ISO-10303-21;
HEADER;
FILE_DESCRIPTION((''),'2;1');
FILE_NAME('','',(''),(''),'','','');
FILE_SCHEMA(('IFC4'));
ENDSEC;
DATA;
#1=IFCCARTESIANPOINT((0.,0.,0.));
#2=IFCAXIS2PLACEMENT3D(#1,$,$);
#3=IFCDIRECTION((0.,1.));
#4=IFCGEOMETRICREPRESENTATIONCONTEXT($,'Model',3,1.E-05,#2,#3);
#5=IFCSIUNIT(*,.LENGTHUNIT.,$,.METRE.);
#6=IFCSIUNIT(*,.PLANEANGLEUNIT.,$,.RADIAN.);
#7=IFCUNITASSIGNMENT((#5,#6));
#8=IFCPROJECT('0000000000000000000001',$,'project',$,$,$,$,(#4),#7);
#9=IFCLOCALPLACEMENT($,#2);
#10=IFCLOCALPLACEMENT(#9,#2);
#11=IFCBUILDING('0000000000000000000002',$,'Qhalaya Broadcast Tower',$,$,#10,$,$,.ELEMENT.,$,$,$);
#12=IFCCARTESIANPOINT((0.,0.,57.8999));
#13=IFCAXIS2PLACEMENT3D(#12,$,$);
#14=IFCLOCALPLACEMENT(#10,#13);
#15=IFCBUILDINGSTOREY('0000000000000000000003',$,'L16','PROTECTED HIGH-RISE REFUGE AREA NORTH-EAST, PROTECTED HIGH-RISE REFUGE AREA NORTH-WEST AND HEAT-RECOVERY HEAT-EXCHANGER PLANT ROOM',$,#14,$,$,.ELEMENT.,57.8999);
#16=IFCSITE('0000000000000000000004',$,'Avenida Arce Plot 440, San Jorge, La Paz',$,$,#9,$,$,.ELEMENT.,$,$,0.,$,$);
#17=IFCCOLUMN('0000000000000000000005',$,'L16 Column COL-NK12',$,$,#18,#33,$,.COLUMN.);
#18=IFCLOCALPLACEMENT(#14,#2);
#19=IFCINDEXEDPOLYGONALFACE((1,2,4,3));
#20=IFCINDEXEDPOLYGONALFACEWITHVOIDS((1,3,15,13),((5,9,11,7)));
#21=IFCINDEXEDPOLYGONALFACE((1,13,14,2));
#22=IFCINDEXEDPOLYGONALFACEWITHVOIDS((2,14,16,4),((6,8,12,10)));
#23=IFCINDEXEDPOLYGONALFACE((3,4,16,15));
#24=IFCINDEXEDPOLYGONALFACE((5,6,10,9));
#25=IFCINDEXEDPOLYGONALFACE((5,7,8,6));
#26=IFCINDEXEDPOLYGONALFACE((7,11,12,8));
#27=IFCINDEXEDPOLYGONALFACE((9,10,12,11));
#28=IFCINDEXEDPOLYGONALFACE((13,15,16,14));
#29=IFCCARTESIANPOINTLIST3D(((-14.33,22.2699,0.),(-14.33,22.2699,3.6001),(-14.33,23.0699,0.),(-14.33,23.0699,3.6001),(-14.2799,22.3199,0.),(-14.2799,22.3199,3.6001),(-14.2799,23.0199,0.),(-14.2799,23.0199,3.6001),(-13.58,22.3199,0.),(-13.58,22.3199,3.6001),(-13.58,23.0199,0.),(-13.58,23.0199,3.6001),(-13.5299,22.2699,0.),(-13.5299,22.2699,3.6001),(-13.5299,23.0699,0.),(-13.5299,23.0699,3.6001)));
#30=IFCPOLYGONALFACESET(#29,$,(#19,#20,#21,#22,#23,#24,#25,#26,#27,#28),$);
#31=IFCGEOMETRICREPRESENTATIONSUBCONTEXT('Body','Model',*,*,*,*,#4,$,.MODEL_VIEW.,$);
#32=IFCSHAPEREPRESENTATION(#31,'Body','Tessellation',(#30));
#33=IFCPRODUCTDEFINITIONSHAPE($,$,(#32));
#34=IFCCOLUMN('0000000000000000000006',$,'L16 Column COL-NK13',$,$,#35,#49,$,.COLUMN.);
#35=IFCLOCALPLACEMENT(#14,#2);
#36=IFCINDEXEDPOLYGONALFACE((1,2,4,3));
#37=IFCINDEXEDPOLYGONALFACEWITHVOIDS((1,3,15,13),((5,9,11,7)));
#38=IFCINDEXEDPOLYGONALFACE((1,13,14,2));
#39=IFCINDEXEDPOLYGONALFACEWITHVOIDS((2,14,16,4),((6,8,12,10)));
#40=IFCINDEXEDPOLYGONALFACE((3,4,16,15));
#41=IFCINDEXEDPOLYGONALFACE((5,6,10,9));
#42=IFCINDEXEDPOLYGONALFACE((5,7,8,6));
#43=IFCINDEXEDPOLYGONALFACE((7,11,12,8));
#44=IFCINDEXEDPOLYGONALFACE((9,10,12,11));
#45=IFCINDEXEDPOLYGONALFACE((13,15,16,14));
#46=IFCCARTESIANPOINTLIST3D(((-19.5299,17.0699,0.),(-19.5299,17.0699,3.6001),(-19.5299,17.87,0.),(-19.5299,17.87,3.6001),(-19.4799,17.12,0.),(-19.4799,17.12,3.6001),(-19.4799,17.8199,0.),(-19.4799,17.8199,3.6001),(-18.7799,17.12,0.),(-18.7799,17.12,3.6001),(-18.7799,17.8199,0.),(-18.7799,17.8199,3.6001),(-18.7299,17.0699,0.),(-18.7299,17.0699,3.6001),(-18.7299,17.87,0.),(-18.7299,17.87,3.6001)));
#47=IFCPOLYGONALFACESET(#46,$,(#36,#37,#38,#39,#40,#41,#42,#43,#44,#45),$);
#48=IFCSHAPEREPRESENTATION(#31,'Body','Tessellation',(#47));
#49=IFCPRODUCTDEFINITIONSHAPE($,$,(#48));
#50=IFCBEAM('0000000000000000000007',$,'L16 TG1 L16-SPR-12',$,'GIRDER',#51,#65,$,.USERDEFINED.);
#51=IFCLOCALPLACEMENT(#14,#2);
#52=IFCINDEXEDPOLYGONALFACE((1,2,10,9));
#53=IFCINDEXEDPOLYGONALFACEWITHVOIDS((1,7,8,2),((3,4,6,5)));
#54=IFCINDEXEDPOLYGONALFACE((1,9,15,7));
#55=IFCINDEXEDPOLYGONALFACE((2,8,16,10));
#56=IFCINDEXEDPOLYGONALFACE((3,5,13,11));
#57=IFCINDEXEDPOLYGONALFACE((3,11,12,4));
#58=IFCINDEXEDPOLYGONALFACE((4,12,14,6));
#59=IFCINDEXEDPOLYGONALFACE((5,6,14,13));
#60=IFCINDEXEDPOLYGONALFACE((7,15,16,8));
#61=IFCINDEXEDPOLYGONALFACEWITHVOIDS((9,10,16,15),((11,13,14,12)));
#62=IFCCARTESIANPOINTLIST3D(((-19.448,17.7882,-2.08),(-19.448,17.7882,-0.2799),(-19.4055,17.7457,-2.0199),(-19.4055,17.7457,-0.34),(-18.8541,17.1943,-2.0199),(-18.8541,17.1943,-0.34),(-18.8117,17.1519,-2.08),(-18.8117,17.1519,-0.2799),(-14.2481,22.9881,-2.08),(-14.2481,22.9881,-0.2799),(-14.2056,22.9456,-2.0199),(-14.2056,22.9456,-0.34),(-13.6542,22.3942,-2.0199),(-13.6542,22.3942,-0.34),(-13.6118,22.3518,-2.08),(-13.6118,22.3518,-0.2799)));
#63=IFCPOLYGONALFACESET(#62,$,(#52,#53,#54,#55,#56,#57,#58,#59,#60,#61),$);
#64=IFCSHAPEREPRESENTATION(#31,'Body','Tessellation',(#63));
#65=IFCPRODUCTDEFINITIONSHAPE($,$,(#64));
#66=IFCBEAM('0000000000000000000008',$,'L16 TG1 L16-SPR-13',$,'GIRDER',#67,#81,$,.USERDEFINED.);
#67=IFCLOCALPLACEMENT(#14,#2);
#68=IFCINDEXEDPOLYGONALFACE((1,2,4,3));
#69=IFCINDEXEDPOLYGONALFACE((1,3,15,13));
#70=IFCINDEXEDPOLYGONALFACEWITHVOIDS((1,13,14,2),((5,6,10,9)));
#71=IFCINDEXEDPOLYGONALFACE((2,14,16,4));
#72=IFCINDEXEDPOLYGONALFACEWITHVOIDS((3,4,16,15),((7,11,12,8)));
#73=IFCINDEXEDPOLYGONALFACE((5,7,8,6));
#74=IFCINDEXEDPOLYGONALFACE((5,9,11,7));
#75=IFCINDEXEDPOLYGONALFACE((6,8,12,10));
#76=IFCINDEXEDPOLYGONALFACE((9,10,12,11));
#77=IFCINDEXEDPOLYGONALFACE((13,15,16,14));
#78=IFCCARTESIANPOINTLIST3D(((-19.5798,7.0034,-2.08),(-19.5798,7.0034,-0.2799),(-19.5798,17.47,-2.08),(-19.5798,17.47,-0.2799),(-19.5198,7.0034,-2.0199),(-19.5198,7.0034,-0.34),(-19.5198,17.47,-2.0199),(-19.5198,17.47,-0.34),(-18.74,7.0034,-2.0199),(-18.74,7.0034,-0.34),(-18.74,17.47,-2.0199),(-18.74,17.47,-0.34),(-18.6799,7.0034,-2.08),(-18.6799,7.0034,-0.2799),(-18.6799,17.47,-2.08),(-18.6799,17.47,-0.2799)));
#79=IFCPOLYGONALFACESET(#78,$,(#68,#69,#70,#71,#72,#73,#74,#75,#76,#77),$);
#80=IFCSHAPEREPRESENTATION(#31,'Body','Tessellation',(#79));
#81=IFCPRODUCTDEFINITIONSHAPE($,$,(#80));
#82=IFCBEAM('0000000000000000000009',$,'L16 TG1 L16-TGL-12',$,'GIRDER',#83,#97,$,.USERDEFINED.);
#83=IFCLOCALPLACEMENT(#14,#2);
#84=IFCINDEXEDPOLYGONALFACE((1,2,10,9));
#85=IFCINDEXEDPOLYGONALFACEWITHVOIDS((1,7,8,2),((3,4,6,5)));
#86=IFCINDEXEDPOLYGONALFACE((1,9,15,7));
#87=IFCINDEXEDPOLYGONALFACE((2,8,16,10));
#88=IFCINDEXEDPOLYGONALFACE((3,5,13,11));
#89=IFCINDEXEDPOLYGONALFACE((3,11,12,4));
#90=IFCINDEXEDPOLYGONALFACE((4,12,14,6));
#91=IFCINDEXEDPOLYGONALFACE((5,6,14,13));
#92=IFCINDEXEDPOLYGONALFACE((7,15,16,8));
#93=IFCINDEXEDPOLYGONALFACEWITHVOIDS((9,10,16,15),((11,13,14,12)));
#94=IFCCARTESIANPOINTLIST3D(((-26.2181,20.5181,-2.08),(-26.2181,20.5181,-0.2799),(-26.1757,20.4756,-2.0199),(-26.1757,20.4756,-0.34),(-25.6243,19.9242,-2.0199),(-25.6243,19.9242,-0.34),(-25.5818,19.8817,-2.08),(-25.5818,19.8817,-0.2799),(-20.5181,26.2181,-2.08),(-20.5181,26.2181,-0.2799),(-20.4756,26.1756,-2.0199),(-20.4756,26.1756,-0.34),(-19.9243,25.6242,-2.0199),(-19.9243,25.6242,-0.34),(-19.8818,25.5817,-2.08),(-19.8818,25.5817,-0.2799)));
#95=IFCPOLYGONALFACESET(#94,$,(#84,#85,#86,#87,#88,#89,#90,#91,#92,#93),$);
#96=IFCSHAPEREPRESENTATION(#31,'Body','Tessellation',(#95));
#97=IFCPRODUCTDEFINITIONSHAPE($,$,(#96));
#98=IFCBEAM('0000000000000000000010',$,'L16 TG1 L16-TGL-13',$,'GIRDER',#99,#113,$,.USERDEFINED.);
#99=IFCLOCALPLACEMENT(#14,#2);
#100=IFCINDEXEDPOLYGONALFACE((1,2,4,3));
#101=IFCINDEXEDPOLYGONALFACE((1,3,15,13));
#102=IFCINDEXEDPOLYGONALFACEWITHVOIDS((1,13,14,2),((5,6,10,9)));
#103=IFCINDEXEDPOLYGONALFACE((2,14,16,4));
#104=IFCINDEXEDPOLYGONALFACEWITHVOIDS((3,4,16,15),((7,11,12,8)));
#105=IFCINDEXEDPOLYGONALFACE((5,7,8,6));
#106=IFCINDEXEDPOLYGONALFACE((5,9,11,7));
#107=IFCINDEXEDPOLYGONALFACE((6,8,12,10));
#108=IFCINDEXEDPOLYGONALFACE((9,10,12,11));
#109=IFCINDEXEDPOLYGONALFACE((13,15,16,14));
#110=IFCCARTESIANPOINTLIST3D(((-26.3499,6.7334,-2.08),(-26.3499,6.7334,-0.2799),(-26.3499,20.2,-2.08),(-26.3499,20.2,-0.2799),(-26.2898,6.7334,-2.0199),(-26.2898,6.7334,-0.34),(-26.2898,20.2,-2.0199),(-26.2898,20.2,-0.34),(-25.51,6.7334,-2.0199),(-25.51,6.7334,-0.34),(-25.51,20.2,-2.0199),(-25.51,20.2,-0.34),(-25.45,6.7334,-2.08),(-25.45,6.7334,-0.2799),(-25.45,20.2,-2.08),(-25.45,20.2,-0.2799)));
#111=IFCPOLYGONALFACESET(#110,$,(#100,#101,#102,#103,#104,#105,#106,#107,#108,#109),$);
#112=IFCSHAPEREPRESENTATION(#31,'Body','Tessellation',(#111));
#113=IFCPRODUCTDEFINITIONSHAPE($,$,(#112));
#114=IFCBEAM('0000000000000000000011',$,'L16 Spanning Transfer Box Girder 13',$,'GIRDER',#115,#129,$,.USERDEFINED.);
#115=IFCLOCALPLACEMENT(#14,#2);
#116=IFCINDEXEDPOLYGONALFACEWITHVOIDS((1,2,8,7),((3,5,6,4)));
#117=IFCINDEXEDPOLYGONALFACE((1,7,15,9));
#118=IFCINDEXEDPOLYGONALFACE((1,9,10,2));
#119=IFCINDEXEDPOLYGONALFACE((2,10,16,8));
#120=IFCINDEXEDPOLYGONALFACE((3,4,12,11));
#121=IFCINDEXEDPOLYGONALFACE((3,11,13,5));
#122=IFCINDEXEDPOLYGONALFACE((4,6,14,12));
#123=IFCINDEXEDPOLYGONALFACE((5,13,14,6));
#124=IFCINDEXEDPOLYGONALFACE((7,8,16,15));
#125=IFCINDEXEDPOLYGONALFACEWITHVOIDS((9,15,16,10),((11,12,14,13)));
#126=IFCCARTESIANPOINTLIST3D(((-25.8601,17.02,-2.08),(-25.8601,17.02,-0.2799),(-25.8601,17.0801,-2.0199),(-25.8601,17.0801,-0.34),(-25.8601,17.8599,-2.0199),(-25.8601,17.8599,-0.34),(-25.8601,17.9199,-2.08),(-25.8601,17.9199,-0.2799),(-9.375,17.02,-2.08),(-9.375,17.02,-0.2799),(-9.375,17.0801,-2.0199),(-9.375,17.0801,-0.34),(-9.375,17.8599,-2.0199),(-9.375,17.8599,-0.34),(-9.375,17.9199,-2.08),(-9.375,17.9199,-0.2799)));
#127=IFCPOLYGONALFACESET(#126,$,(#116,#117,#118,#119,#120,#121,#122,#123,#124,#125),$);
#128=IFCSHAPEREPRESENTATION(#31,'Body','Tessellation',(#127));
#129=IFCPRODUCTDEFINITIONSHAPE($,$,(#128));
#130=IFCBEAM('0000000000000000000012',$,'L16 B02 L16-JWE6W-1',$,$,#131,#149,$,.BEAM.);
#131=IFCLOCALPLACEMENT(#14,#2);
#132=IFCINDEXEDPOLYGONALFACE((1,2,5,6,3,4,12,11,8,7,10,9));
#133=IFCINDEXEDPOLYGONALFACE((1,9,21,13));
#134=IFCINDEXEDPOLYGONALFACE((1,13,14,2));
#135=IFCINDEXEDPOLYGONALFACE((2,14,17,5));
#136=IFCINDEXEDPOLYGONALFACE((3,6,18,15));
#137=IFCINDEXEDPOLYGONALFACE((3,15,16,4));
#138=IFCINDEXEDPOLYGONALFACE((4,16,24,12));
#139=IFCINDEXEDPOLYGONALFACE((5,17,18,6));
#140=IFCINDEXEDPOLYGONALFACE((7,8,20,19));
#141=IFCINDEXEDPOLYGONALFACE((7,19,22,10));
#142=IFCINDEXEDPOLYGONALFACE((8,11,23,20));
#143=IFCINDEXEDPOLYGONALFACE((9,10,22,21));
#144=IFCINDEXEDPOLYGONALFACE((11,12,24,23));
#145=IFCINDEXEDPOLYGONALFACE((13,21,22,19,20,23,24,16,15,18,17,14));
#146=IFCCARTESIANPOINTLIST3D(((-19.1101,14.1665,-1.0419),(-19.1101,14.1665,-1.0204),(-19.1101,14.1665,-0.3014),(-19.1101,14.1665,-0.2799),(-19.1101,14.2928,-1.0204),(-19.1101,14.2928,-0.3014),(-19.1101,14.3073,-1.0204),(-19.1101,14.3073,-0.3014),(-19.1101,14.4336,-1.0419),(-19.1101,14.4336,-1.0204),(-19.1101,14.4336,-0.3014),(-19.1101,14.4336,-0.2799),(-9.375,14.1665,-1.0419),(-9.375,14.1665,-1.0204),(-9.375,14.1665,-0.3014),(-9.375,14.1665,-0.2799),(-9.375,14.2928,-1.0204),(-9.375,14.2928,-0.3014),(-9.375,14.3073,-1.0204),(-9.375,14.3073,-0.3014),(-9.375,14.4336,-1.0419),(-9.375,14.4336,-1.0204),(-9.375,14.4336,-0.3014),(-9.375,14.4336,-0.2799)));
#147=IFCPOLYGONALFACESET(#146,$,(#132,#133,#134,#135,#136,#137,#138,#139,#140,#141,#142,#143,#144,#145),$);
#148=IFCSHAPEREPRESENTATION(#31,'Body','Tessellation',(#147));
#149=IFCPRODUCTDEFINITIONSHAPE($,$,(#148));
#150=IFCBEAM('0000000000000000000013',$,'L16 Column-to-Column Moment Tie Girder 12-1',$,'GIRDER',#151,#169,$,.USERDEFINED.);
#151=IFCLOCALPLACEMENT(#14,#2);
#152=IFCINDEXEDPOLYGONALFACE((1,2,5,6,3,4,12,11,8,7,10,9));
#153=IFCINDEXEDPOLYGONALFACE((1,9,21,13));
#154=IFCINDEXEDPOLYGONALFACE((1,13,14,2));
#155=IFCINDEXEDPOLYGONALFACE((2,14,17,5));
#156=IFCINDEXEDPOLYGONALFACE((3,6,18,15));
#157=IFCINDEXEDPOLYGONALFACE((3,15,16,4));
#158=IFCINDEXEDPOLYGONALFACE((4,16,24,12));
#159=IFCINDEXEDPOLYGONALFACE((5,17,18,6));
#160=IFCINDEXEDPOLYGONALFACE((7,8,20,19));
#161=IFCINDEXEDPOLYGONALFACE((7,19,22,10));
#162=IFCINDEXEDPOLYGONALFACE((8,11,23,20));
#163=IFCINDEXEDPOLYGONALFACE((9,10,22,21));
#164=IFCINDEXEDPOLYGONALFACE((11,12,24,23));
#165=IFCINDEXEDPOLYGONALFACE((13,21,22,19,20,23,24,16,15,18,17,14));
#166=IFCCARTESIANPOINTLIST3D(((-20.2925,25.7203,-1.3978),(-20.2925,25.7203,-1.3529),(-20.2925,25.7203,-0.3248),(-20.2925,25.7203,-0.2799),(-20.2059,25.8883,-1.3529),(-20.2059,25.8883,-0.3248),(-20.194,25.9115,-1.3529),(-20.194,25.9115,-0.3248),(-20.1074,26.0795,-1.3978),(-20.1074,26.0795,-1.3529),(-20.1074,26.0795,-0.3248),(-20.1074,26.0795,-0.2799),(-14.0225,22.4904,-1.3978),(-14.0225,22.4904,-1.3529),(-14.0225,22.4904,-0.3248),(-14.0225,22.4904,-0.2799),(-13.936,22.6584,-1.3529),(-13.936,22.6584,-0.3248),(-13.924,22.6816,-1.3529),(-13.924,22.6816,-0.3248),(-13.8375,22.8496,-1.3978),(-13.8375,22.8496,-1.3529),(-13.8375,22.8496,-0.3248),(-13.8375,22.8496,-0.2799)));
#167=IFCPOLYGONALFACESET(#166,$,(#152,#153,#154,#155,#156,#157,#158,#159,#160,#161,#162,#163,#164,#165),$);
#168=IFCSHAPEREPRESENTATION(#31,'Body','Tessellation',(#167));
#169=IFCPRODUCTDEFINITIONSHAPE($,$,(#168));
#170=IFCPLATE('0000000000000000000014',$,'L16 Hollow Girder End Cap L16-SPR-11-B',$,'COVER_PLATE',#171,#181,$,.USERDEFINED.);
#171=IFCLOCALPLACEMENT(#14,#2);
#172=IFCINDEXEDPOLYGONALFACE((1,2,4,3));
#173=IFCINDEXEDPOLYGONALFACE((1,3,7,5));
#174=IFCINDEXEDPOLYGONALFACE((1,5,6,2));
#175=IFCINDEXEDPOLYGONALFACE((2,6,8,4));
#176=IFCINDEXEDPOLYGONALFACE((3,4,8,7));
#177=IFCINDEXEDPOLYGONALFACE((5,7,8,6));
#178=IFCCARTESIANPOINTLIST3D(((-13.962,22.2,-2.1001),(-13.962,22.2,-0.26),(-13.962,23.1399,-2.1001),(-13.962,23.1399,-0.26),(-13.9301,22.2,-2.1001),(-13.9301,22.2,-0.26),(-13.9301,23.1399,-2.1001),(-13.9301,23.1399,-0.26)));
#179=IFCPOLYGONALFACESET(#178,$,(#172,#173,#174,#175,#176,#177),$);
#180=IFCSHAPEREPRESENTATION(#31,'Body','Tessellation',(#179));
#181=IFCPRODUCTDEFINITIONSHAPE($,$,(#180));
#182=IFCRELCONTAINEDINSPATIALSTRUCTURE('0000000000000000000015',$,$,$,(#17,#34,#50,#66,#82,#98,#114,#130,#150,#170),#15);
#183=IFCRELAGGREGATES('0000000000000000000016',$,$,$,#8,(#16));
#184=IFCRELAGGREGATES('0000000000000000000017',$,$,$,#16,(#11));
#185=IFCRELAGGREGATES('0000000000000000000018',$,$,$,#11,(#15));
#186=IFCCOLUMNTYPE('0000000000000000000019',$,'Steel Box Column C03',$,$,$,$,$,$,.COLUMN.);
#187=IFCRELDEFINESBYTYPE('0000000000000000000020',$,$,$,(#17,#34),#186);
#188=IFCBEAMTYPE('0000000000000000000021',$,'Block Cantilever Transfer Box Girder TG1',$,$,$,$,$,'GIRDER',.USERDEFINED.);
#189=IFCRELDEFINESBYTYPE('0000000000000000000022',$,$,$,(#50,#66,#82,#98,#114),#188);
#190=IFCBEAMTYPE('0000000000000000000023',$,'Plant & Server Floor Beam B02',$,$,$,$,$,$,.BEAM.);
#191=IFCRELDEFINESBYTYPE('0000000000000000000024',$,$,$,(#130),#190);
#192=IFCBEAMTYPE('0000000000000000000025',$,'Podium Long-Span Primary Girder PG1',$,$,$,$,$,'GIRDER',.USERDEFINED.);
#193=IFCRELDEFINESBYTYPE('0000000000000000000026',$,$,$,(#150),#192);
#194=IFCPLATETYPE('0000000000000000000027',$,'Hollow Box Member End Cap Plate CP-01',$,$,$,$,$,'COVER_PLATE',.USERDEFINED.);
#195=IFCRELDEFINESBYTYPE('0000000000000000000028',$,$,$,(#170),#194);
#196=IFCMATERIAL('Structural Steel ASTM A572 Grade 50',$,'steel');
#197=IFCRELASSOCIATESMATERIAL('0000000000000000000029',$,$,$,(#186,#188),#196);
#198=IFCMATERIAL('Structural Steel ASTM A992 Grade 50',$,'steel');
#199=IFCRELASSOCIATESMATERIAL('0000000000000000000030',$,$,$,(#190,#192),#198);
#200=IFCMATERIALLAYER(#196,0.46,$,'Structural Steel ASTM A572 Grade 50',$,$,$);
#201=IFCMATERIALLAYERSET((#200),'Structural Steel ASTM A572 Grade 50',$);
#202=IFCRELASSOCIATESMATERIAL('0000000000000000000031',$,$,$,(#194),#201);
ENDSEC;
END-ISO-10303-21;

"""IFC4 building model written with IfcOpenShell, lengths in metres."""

from ifc_helpers import new_model, si_unit, direction, frame, origin, origin_2d, place, context, subcontext, project, spatial, rectangle, hollow_rectangle, i_section, extrude, material, layer, layer_set, material_profile, profile_set, type_object, element, save


model = new_model("IFC4")

# Units and contexts
model_context = context("Model", 3, precision=1e-05, world=origin(), true_north=direction((0.0, 1.0)))
body_context = subcontext(model_context, "Body", "Model", "MODEL_VIEW")
ifc_project = project(units=[si_unit("LENGTHUNIT", "METRE"), si_unit("PLANEANGLEUNIT", "RADIAN")], contexts=[model_context])

# Site, building, storey
site_placement = place(None, origin())
site = spatial("IfcSite", under=ifc_project, at=site_placement, Name="Avenida Arce Plot 440, San Jorge, La Paz", CompositionType="ELEMENT", RefElevation=0.0)
building_placement = place(site_placement, origin())
building = spatial("IfcBuilding", under=site, at=building_placement, Name="Qhalaya Broadcast Tower", CompositionType="ELEMENT")
storey_placement = place(building_placement, frame((0.0, 0.0, 57.8999)))
storey = spatial("IfcBuildingStorey", under=building, at=storey_placement, Name="L16", Description="PROTECTED HIGH-RISE REFUGE AREA NORTH-EAST, PROTECTED HIGH-RISE REFUGE AREA NORTH-WEST AND HEAT-RECOVERY HEAT-EXCHANGER PLANT ROOM", CompositionType="ELEMENT", Elevation=57.8999)

# Columns
ifc_material_1 = material(Name="Structural Steel ASTM A572 Grade 50", Category="steel")
ifc_material_profile_1 = material_profile(ifc_material_1, hollow_rectangle(XDim=0.8, YDim=0.8, WallThickness=0.05, at=origin_2d()), Name="BOX 800x800x50")
ifc_profile_set_1 = profile_set([ifc_material_profile_1], Name="Structural Steel ASTM A572 Grade 50")
column_type = type_object("IfcColumnType", Name="Steel Box Column C03", PredefinedType="COLUMN", material=ifc_profile_set_1)
for number, where, z_axis, x_axis, name in (
    (1, (-13.9299, 22.6699, 0.0), (0.0, 0.0, 1.0), (1.0, 0.0, 0.0), "L16 Column COL-NK12"),
    (2, (-19.1299, 17.47, 0.0), (0.0, 0.0, 1.0), (0.0, 1.0, 0.0), "L16 Column COL-NK13"),
):
    element("IfcColumn", number, at=place(storey_placement, frame(where, z_axis=z_axis, x_axis=x_axis)), inside=storey, type_object=column_type, Name=name, PredefinedType="COLUMN", context=body_context, shape_type="SweptSolid", body=[
        extrude(hollow_rectangle(XDim=0.8, YDim=0.8, WallThickness=0.05, at=origin_2d()), origin(), (0.0, 0.0, 1.0), 3.6001),
    ])

# Beams
ifc_material_profile_2 = material_profile(ifc_material_1, hollow_rectangle(XDim=0.8999, YDim=1.8, WallThickness=0.0601, at=origin_2d()), Name="BOX 900x1800x60")
ifc_profile_set_2 = profile_set([ifc_material_profile_2], Name="Structural Steel ASTM A572 Grade 50")
beam_type_1 = type_object("IfcBeamType", Name="Block Cantilever Transfer Box Girder TG1", ElementType="GIRDER", PredefinedType="USERDEFINED", material=ifc_profile_set_2)
beam_1_placement = place(storey_placement, frame((-13.9299, 22.6699, -1.1799), z_axis=(-0.707107, -0.707107, 0.0), x_axis=(0.707107, -0.707107, 0.0)))
element("IfcBeam", 3, at=beam_1_placement, inside=storey, type_object=beam_type_1, Name="L16 TG1 L16-SPR-12", ObjectType="GIRDER", PredefinedType="USERDEFINED", context=body_context, shape_type="SweptSolid", body=[
    extrude(hollow_rectangle(XDim=0.8999, YDim=1.8, WallThickness=0.0601, at=origin_2d()), origin(), (0.0, 0.0, 1.0), 7.3538),
])
beam_2_placement = place(storey_placement, frame((-19.1299, 17.47, -1.1799), z_axis=(0.0, -1.0, 0.0), x_axis=(1.0, 0.0, 0.0)))
element("IfcBeam", 4, at=beam_2_placement, inside=storey, type_object=beam_type_1, Name="L16 TG1 L16-SPR-13", ObjectType="GIRDER", PredefinedType="USERDEFINED", context=body_context, shape_type="SweptSolid", body=[
    extrude(hollow_rectangle(XDim=0.8999, YDim=1.8, WallThickness=0.0601, at=origin_2d()), origin(), (0.0, 0.0, 1.0), 10.4666),
])
beam_3_placement = place(storey_placement, frame((-20.2, 25.8999, -1.1799), z_axis=(-0.707107, -0.707107, 0.0), x_axis=(0.707107, -0.707107, 0.0)))
element("IfcBeam", 5, at=beam_3_placement, inside=storey, type_object=beam_type_1, Name="L16 TG1 L16-TGL-12", ObjectType="GIRDER", PredefinedType="USERDEFINED", context=body_context, shape_type="SweptSolid", body=[
    extrude(hollow_rectangle(XDim=0.8999, YDim=1.8, WallThickness=0.0601, at=origin_2d()), origin(), (0.0, 0.0, 1.0), 8.061),
])
beam_4_placement = place(storey_placement, frame((-25.8999, 20.2, -1.1799), z_axis=(0.0, -1.0, 0.0), x_axis=(1.0, 0.0, 0.0)))
element("IfcBeam", 6, at=beam_4_placement, inside=storey, type_object=beam_type_1, Name="L16 TG1 L16-TGL-13", ObjectType="GIRDER", PredefinedType="USERDEFINED", context=body_context, shape_type="SweptSolid", body=[
    extrude(hollow_rectangle(XDim=0.8999, YDim=1.8, WallThickness=0.0601, at=origin_2d()), origin(), (0.0, 0.0, 1.0), 13.4666),
])
beam_5_placement = place(storey_placement, frame((-25.8601, 17.47, -1.1799), z_axis=(1.0, 0.0, 0.0), x_axis=(0.0, 1.0, 0.0)))
element("IfcBeam", 7, at=beam_5_placement, inside=storey, type_object=beam_type_1, Name="L16 Spanning Transfer Box Girder 13", ObjectType="GIRDER", PredefinedType="USERDEFINED", context=body_context, shape_type="SweptSolid", body=[
    extrude(hollow_rectangle(XDim=0.8999, YDim=1.8, WallThickness=0.0601, at=origin_2d()), origin(), (0.0, 0.0, 1.0), 16.4851),
])
ifc_material_2 = material(Name="Structural Steel ASTM A992 Grade 50", Category="steel")
ifc_material_profile_3 = material_profile(ifc_material_2, i_section(OverallWidth=0.2671, OverallDepth=0.762, WebThickness=0.0144, FlangeThickness=0.0215, at=origin_2d()), Name="W30X116")
ifc_profile_set_3 = profile_set([ifc_material_profile_3], Name="Structural Steel ASTM A992 Grade 50")
beam_type_2 = type_object("IfcBeamType", Name="Plant & Server Floor Beam B02", PredefinedType="BEAM", material=ifc_profile_set_3)
beam_6_placement = place(storey_placement, frame((-19.1101, 14.3, -0.6609), z_axis=(1.0, 0.0, 0.0), x_axis=(0.0, 1.0, 0.0)))
element("IfcBeam", 8, at=beam_6_placement, inside=storey, type_object=beam_type_2, Name="L16 B02 L16-JWE6W-1", PredefinedType="BEAM", context=body_context, shape_type="SweptSolid", body=[
    extrude(i_section(OverallWidth=0.2671, OverallDepth=0.762, WebThickness=0.0144, FlangeThickness=0.0215, at=origin_2d()), origin(), (0.0, 0.0, 1.0), 9.7351),
])
ifc_material_profile_4 = material_profile(ifc_material_2, i_section(OverallWidth=0.4041, OverallDepth=1.1179, WebThickness=0.0261, FlangeThickness=0.0449, at=origin_2d()), Name="W44X335")
ifc_profile_set_4 = profile_set([ifc_material_profile_4], Name="Structural Steel ASTM A992 Grade 50")
beam_type_3 = type_object("IfcBeamType", Name="Podium Long-Span Primary Girder PG1", ElementType="GIRDER", PredefinedType="USERDEFINED", material=ifc_profile_set_4)
beam_7_placement = place(storey_placement, frame((-20.2, 25.8999, -0.8389), z_axis=(0.888976, -0.457953, 0.0), x_axis=(0.457953, 0.888976, 0.0)))
element("IfcBeam", 9, at=beam_7_placement, inside=storey, type_object=beam_type_3, Name="L16 Column-to-Column Moment Tie Girder 12-1", ObjectType="GIRDER", PredefinedType="USERDEFINED", context=body_context, shape_type="SweptSolid", body=[
    extrude(i_section(OverallWidth=0.4041, OverallDepth=1.1179, WebThickness=0.0261, FlangeThickness=0.0449, at=origin_2d()), origin(), (0.0, 0.0, 1.0), 7.053),
])

# Plate
ifc_layer_1 = layer(ifc_material_1, 0.46, Name="Structural Steel ASTM A572 Grade 50")
ifc_layer_set_1 = layer_set([ifc_layer_1], Name="Structural Steel ASTM A572 Grade 50")
plate_type_1 = type_object("IfcPlateType", Name="Hollow Box Member End Cap Plate CP-01", ElementType="COVER_PLATE", PredefinedType="USERDEFINED", material=ifc_layer_set_1)
for number, where, z_axis, x_axis, name in (
    (10, (-13.946, 22.6699, -2.1001), (0.0, 0.0, 1.0), (0.0, -1.0, 0.0), "L16 Hollow Girder End Cap L16-SPR-11-B"),
):
    element("IfcPlate", number, at=place(storey_placement, frame(where, z_axis=z_axis, x_axis=x_axis)), inside=storey, type_object=plate_type_1, Name=name, ObjectType="COVER_PLATE", PredefinedType="USERDEFINED", context=body_context, shape_type="SweptSolid", body=[
        extrude(rectangle(XDim=0.9399, YDim=0.032, at=origin_2d()), origin(), (0.0, 0.0, 1.0), 1.8401),
    ])

save(model, "model.ifc")
